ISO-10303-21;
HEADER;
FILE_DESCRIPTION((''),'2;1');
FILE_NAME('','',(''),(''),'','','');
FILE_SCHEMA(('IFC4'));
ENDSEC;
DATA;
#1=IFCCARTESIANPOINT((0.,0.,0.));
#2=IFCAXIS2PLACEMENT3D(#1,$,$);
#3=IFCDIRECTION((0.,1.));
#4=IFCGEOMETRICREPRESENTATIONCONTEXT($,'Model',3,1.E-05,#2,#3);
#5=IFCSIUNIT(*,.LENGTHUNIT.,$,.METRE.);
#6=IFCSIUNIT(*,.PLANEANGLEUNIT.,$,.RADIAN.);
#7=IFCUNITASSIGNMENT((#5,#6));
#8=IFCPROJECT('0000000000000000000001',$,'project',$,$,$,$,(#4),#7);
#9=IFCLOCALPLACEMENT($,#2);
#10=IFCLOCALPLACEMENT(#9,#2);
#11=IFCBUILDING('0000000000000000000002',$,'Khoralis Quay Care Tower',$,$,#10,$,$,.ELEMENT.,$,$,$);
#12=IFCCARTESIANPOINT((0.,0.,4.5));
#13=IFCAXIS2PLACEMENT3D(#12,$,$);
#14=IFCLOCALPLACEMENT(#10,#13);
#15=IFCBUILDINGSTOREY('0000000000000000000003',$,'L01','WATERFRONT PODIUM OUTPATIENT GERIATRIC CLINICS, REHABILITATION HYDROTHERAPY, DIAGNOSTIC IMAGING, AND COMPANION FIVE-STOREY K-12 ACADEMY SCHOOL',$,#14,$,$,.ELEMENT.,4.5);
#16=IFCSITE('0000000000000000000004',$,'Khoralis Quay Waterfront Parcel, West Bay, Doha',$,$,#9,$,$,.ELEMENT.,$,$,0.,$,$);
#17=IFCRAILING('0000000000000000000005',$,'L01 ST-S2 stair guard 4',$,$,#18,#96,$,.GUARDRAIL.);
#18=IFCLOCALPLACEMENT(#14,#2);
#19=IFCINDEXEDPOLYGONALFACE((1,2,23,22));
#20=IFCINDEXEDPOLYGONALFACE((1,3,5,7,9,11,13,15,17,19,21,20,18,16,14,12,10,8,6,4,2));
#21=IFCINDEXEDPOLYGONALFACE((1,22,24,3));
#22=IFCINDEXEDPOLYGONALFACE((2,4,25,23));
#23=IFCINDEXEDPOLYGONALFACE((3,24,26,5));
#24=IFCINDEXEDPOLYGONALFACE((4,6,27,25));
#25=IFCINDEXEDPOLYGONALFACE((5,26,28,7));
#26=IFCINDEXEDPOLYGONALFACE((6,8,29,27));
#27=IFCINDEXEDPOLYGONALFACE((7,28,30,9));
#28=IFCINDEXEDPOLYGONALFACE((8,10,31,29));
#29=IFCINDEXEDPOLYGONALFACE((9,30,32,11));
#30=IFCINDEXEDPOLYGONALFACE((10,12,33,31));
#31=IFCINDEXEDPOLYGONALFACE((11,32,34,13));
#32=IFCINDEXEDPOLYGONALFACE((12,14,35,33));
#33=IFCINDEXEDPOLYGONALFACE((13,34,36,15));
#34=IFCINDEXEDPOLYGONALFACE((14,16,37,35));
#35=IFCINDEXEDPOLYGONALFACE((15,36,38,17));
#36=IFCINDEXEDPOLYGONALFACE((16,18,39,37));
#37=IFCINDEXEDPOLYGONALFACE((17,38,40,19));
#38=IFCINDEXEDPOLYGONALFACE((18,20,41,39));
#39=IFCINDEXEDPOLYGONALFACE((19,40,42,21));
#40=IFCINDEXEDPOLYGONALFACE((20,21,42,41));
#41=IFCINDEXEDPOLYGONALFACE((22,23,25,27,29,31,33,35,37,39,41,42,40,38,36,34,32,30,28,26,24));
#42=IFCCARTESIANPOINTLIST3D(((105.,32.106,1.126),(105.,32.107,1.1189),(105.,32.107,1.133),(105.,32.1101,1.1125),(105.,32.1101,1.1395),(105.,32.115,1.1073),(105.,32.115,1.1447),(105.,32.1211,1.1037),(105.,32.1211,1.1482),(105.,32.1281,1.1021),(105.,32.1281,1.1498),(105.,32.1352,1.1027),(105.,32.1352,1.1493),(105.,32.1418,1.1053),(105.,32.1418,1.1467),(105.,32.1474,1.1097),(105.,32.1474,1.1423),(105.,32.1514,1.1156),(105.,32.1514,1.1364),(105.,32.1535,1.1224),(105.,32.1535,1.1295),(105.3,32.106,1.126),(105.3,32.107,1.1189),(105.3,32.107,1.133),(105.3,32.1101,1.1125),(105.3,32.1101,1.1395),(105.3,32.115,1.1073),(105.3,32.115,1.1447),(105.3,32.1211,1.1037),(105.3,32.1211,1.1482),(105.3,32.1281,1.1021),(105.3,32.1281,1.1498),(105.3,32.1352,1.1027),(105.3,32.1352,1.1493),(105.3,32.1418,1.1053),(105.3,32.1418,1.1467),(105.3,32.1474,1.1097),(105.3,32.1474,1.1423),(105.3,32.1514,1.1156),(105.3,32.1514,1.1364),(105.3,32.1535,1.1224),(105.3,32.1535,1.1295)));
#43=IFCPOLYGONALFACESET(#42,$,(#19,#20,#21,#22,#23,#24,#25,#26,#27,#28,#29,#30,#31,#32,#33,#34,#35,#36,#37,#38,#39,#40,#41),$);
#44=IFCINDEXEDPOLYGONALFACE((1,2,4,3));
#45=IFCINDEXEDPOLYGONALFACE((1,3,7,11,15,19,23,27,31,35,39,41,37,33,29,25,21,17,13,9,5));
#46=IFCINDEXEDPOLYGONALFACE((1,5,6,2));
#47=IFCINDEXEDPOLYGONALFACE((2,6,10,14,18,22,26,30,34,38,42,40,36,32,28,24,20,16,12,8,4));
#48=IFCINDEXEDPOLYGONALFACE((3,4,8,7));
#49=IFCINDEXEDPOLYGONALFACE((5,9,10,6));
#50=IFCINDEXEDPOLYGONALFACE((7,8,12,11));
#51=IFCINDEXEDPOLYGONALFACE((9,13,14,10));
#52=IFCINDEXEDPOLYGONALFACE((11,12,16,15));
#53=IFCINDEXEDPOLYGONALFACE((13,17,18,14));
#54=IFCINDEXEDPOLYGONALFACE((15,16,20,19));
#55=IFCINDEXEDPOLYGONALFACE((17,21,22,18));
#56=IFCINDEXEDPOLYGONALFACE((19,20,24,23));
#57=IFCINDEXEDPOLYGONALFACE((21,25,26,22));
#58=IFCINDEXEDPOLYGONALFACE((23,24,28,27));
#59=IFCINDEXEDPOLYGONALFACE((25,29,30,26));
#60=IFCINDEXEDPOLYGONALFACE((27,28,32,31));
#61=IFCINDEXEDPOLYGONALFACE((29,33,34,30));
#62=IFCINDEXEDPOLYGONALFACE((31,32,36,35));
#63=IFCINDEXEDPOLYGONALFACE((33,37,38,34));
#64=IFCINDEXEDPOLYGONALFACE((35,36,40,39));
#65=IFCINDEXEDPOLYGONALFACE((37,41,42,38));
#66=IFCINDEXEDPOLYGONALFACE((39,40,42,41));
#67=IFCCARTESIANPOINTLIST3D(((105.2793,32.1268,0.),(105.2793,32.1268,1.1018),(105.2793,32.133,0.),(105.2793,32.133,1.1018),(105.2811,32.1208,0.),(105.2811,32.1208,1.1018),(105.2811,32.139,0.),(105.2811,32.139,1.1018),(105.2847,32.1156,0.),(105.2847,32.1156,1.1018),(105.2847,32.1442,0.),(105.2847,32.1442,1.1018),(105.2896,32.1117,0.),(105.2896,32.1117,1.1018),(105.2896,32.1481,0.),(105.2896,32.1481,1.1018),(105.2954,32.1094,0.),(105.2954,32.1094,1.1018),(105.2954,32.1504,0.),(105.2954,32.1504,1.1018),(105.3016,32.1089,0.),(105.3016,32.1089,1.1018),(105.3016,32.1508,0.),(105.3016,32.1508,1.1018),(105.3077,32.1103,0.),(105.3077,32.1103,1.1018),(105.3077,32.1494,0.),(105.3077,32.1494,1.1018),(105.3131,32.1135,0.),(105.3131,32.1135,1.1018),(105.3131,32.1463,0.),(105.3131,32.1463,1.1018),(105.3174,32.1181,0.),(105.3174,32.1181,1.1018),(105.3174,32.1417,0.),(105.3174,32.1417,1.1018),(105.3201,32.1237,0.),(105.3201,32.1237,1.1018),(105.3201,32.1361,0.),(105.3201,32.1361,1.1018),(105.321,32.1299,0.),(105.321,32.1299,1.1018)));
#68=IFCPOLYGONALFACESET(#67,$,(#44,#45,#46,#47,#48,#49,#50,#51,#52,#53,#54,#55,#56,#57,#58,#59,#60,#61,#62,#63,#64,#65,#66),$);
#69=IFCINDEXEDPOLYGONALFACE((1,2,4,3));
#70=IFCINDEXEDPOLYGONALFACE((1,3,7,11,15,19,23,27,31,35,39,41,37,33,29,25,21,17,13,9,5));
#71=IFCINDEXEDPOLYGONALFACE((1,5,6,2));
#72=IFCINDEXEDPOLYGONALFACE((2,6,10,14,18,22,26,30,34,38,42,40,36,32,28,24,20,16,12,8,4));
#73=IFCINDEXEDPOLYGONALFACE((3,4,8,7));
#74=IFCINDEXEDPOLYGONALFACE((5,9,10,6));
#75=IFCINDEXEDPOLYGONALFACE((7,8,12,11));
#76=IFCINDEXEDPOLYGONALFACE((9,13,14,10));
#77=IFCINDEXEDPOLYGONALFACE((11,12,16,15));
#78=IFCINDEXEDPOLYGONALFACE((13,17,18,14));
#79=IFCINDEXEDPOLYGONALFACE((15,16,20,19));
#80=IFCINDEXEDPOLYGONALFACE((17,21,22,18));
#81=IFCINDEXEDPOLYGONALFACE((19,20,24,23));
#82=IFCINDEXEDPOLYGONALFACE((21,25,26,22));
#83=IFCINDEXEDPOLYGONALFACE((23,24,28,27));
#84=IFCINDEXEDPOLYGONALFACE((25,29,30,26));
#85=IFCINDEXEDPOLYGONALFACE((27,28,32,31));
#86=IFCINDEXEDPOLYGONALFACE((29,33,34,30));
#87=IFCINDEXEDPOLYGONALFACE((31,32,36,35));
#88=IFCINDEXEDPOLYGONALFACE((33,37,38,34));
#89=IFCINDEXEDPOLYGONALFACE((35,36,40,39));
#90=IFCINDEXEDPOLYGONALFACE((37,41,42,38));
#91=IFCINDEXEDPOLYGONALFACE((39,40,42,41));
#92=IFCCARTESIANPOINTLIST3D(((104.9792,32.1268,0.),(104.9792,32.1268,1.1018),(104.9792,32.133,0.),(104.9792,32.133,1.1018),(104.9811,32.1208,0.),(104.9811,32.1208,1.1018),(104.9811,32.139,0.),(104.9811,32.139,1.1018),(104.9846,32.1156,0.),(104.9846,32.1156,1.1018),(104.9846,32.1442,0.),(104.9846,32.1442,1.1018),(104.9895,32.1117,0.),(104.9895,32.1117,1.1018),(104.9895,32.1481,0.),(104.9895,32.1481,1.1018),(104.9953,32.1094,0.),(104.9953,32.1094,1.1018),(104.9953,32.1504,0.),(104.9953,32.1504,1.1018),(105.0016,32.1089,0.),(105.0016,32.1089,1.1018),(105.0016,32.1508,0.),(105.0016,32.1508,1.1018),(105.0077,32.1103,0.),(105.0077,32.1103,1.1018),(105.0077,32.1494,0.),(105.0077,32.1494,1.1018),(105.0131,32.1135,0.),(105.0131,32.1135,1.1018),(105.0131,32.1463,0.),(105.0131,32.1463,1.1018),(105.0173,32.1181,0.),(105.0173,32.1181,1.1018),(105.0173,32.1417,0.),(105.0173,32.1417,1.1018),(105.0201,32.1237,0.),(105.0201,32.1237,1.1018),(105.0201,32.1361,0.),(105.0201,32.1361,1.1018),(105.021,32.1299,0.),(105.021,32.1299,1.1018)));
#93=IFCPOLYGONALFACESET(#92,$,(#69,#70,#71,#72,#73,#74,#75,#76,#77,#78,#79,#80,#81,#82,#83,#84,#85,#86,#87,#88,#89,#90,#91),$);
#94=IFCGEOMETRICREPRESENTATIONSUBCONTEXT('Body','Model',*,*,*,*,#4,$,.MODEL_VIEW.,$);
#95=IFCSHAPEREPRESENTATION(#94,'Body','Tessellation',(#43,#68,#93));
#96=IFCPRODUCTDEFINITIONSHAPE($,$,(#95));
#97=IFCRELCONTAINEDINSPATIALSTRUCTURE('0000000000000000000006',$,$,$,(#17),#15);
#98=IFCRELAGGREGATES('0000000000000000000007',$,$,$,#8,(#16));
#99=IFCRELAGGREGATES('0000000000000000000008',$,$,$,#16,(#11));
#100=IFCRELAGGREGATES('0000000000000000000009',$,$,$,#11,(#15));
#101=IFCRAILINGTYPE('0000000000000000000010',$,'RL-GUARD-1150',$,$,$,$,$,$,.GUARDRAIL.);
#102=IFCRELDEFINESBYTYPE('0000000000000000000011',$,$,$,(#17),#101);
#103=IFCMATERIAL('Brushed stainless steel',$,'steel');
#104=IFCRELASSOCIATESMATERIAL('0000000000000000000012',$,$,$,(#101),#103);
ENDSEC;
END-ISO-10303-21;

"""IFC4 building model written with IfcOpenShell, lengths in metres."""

from ifc_helpers import new_model, si_unit, direction, frame, origin, origin_2d, place, context, subcontext, project, spatial, circle, extrude, material, type_object, element, save


model = new_model("IFC4")

# Units and contexts
model_context = context("Model", 3, precision=1e-05, world=origin(), true_north=direction((0.0, 1.0)))
body_context = subcontext(model_context, "Body", "Model", "MODEL_VIEW")
ifc_project = project(units=[si_unit("LENGTHUNIT", "METRE"), si_unit("PLANEANGLEUNIT", "RADIAN")], contexts=[model_context])

# Site, building, storey
site_placement = place(None, origin())
site = spatial("IfcSite", under=ifc_project, at=site_placement, Name="Khoralis Quay Waterfront Parcel, West Bay, Doha", CompositionType="ELEMENT", RefElevation=0.0)
building_placement = place(site_placement, origin())
building = spatial("IfcBuilding", under=site, at=building_placement, Name="Khoralis Quay Care Tower", CompositionType="ELEMENT")
storey_placement = place(building_placement, frame((0.0, 0.0, 4.5)))
storey = spatial("IfcBuildingStorey", under=building, at=storey_placement, Name="L01", Description="WATERFRONT PODIUM OUTPATIENT GERIATRIC CLINICS, REHABILITATION HYDROTHERAPY, DIAGNOSTIC IMAGING, AND COMPANION FIVE-STOREY K-12 ACADEMY SCHOOL", CompositionType="ELEMENT", Elevation=4.5)

# Railing
ifc_material_1 = material(Name="Brushed stainless steel", Category="steel")
railing_type_1 = type_object("IfcRailingType", Name="RL-GUARD-1150", PredefinedType="GUARDRAIL", material=ifc_material_1)
railing_1_placement = place(storey_placement, frame((105.3, 32.1299, 0.0)))
element("IfcRailing", 1, at=railing_1_placement, inside=storey, type_object=railing_type_1, Name="L01 ST-S2 stair guard 4", PredefinedType="GUARDRAIL", context=body_context, shape_type="SweptSolid", body=[
    extrude(circle(Radius=0.0239, at=origin_2d()), frame((0.0, 0.0, 1.126), z_axis=(-1.0, 0.0, 0.0), x_axis=(0.0, -1.0, 0.0)), (0.0, 0.0, 1.0), 0.3),
    extrude(circle(Radius=0.021, at=origin_2d()), origin(), (0.0, 0.0, 1.0), 1.1018),
    extrude(circle(Radius=0.021, at=origin_2d()), frame((-0.3, 0.0, 0.0)), (0.0, 0.0, 1.0), 1.1018),
])

save(model, "model.ifc")
